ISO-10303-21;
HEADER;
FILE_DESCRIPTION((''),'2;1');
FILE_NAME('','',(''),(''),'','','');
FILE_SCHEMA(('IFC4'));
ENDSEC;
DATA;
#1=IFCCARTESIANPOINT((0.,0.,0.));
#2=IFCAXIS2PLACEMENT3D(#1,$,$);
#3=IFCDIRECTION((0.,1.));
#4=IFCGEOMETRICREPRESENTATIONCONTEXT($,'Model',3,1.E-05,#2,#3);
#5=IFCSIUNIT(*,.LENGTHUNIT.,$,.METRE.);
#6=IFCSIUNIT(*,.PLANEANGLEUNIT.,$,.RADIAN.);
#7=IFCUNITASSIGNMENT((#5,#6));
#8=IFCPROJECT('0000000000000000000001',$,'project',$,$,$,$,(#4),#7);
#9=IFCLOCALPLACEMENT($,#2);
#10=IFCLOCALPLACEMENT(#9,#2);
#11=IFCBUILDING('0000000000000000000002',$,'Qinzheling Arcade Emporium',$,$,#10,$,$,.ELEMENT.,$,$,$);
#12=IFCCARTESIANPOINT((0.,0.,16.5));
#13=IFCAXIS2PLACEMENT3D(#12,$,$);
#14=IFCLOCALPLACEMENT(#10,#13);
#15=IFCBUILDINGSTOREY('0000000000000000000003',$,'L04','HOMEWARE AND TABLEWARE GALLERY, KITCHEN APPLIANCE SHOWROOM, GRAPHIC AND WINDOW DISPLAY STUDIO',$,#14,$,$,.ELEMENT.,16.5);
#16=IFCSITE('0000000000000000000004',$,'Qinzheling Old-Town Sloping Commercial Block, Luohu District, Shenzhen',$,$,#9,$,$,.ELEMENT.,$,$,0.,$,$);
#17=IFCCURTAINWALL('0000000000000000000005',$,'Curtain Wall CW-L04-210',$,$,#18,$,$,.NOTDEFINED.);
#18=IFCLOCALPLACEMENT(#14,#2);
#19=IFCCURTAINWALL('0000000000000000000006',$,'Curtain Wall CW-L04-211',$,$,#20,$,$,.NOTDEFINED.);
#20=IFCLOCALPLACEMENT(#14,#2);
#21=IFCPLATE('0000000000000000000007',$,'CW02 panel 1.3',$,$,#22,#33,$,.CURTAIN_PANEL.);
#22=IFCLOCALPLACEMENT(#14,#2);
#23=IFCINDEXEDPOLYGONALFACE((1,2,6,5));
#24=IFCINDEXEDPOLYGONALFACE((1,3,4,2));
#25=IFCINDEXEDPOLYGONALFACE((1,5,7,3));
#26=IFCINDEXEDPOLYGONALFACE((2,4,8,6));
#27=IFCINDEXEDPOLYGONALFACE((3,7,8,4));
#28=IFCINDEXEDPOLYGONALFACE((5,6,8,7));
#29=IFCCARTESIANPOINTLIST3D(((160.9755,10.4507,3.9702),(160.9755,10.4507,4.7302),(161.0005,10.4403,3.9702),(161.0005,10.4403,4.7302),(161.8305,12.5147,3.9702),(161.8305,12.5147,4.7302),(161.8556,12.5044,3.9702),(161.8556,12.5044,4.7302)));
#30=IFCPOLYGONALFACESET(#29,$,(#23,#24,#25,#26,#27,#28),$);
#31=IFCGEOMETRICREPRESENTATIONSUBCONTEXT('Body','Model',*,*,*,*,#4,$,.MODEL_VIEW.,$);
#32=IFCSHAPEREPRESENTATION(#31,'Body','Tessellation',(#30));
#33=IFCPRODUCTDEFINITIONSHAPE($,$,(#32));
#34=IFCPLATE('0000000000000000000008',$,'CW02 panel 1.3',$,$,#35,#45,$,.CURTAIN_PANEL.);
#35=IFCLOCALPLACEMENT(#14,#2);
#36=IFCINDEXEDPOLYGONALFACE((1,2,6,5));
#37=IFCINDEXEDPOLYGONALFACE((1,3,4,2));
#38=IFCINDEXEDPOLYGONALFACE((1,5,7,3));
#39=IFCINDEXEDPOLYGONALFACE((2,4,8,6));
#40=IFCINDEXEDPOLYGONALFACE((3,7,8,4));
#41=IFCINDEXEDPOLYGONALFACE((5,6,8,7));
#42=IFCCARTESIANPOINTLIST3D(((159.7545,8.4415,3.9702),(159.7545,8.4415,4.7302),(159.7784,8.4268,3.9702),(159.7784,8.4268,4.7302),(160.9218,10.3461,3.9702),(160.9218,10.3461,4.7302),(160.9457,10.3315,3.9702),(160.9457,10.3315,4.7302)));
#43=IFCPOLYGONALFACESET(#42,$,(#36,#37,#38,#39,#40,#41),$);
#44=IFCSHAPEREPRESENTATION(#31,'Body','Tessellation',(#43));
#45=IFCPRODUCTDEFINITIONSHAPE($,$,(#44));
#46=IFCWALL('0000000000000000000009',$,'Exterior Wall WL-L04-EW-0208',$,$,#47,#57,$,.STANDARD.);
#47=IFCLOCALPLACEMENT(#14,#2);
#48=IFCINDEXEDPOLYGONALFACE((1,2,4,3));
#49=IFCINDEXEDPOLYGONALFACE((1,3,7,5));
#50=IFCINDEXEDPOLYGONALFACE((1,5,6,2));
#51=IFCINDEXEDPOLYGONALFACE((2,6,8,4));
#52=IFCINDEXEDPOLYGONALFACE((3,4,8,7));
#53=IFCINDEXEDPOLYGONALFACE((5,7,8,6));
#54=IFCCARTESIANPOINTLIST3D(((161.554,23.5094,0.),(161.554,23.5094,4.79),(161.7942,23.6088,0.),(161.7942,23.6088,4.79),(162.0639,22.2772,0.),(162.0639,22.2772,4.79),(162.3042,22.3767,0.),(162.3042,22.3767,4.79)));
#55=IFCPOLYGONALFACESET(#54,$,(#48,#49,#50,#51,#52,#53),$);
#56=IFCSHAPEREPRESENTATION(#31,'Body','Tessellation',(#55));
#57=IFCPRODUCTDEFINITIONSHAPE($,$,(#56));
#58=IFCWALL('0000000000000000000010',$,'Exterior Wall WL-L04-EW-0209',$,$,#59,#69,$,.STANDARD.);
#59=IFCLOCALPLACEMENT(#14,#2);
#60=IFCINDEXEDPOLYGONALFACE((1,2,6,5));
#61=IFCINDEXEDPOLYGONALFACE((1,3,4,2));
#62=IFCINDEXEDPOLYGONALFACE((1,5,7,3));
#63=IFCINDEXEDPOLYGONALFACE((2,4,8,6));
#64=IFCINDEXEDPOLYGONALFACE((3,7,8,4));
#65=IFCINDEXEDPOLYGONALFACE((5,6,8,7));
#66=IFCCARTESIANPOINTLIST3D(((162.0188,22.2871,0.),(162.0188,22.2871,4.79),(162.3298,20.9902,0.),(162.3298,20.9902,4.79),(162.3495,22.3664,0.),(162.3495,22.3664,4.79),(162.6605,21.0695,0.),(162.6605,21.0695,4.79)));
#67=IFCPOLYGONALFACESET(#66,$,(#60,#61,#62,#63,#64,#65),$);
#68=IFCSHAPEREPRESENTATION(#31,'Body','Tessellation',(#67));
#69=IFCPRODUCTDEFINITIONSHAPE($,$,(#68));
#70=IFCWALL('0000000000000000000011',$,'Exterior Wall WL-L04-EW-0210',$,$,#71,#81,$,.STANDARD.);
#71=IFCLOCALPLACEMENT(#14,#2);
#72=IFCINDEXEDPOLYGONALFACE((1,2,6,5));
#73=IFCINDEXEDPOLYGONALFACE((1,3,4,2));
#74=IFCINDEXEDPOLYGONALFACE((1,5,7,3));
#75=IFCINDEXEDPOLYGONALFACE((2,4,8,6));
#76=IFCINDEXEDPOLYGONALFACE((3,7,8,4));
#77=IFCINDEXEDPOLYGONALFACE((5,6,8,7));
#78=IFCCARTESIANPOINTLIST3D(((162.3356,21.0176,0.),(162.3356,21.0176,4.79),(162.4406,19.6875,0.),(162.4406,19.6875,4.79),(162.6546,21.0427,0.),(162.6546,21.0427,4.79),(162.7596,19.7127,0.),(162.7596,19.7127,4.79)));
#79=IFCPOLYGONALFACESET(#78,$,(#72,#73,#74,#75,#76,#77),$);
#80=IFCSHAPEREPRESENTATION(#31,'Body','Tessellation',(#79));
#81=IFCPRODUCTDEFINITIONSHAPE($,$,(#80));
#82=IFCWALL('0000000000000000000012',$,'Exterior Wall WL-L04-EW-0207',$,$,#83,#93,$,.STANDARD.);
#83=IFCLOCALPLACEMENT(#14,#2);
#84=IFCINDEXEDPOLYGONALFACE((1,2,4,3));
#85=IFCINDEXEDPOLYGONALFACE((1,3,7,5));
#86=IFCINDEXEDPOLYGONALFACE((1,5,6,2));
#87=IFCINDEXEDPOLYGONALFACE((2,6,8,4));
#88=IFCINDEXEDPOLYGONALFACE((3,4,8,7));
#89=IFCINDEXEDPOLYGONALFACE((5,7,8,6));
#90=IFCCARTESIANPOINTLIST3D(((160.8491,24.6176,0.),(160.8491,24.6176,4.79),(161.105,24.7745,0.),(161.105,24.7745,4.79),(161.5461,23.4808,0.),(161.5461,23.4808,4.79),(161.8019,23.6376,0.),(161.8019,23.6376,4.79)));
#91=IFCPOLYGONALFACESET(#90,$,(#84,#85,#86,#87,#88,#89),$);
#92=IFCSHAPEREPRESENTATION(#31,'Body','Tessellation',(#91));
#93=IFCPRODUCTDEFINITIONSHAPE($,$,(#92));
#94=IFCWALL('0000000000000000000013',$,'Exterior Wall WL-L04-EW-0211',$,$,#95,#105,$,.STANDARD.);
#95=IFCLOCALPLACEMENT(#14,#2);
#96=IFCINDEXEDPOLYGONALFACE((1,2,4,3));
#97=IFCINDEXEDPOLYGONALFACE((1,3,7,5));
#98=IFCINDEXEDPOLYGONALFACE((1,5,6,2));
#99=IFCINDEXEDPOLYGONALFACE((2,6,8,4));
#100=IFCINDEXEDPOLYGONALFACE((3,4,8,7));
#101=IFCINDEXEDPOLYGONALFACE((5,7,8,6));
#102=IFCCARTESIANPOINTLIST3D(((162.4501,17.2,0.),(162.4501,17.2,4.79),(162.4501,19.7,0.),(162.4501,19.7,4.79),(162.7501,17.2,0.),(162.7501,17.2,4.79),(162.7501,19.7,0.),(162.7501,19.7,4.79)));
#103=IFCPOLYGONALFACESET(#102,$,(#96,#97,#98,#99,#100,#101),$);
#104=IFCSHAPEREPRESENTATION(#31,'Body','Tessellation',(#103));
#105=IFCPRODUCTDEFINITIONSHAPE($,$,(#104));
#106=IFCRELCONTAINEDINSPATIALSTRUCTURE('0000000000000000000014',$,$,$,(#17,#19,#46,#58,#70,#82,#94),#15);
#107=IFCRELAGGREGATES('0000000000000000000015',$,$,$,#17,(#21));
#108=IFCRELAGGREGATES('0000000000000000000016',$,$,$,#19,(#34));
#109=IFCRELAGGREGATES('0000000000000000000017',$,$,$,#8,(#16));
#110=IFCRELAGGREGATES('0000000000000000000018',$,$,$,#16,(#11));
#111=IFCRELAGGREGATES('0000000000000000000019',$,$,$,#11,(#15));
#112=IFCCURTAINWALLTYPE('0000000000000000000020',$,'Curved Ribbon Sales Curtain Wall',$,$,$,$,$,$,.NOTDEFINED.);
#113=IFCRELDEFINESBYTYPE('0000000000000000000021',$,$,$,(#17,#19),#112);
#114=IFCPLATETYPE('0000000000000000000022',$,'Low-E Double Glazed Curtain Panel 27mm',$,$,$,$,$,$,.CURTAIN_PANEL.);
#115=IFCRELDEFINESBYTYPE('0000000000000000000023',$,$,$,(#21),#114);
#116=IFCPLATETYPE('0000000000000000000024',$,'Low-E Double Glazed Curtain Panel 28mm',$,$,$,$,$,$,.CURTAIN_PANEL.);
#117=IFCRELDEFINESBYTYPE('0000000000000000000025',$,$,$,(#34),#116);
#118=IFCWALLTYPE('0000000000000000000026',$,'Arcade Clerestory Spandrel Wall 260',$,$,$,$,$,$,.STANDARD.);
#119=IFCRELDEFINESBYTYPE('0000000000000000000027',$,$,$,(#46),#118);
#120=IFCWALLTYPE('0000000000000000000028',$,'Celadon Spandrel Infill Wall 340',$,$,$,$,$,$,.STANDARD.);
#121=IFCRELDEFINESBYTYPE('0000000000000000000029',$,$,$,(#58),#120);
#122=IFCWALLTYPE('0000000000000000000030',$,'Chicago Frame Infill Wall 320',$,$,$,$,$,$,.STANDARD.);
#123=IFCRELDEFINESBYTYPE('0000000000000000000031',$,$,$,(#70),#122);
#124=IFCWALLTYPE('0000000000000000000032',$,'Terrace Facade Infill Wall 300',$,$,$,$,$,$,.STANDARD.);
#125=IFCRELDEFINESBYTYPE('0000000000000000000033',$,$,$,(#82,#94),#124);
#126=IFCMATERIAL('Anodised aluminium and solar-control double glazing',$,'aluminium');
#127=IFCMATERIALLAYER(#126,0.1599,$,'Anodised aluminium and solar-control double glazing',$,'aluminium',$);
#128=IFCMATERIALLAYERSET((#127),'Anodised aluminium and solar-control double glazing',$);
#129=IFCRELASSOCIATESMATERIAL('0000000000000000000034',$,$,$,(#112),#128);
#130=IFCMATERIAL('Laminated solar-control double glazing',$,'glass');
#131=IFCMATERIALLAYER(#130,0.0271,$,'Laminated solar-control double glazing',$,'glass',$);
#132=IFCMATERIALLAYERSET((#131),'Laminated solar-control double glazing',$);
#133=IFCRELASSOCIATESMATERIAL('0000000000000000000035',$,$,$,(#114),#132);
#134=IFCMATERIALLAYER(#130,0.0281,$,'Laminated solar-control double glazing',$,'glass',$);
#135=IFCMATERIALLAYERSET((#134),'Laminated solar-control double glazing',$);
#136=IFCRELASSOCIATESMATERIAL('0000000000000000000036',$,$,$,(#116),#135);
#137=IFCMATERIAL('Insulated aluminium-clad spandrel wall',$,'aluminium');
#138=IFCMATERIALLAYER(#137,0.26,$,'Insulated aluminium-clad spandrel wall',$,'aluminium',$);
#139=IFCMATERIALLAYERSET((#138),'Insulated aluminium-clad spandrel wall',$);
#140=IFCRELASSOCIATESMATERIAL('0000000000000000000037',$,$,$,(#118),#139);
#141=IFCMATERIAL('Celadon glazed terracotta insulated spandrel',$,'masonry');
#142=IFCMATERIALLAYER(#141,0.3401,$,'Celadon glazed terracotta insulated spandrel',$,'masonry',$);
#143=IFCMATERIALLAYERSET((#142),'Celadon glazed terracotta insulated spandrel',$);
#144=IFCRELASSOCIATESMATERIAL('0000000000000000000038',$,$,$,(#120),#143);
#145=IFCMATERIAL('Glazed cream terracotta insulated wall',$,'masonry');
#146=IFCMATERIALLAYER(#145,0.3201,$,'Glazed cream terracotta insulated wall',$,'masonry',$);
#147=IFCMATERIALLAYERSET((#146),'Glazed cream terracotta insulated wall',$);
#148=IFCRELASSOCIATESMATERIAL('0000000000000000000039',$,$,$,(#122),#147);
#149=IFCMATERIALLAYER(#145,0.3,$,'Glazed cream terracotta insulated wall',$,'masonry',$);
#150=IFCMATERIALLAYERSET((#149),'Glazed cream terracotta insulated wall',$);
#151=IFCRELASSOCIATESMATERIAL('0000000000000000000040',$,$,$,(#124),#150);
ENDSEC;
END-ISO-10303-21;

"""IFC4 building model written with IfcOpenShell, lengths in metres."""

from ifc_helpers import new_model, si_unit, direction, frame, frame_2d, origin, origin_2d, place, context, subcontext, project, spatial, rectangle, extrude, material, layer, layer_set, type_object, element, aggregate, save


model = new_model("IFC4")

# Units and contexts
model_context = context("Model", 3, precision=1e-05, world=origin(), true_north=direction((0.0, 1.0)))
body_context = subcontext(model_context, "Body", "Model", "MODEL_VIEW")
ifc_project = project(units=[si_unit("LENGTHUNIT", "METRE"), si_unit("PLANEANGLEUNIT", "RADIAN")], contexts=[model_context])

# Site, building, storey
site_placement = place(None, origin())
site = spatial("IfcSite", under=ifc_project, at=site_placement, Name="Qinzheling Old-Town Sloping Commercial Block, Luohu District, Shenzhen", CompositionType="ELEMENT", RefElevation=0.0)
building_placement = place(site_placement, origin())
building = spatial("IfcBuilding", under=site, at=building_placement, Name="Qinzheling Arcade Emporium", CompositionType="ELEMENT")
storey_placement = place(building_placement, frame((0.0, 0.0, 16.5)))
storey = spatial("IfcBuildingStorey", under=building, at=storey_placement, Name="L04", Description="HOMEWARE AND TABLEWARE GALLERY, KITCHEN APPLIANCE SHOWROOM, GRAPHIC AND WINDOW DISPLAY STUDIO", CompositionType="ELEMENT", Elevation=16.5)

# Curtain wall
ifc_material_1 = material(Name="Anodised aluminium and solar-control double glazing", Category="aluminium")
ifc_layer_1 = layer(ifc_material_1, 0.1599, Name="Anodised aluminium and solar-control double glazing", Category="aluminium")
ifc_layer_set_1 = layer_set([ifc_layer_1], Name="Anodised aluminium and solar-control double glazing")
curtain_wall_type_1 = type_object("IfcCurtainWallType", Name="Curved Ribbon Sales Curtain Wall", PredefinedType="NOTDEFINED", material=ifc_layer_set_1)
curtain_wall_1_placement = place(storey_placement, origin())
curtain_wall_1 = element("IfcCurtainWall", 1, at=curtain_wall_1_placement, inside=storey, type_object=curtain_wall_type_1, Name="Curtain Wall CW-L04-210", PredefinedType="NOTDEFINED")

# Curtain wall
curtain_wall_2_placement = place(storey_placement, origin())
curtain_wall_2 = element("IfcCurtainWall", 2, at=curtain_wall_2_placement, inside=storey, type_object=curtain_wall_type_1, Name="Curtain Wall CW-L04-211", PredefinedType="NOTDEFINED")

# Plates
ifc_material_2 = material(Name="Laminated solar-control double glazing", Category="glass")
ifc_layer_2 = layer(ifc_material_2, 0.0271, Name="Laminated solar-control double glazing", Category="glass")
ifc_layer_set_2 = layer_set([ifc_layer_2], Name="Laminated solar-control double glazing")
plate_type_1 = type_object("IfcPlateType", Name="Low-E Double Glazed Curtain Panel 27mm", PredefinedType="CURTAIN_PANEL", material=ifc_layer_set_2)
plate_1_placement = place(storey_placement, frame((161.4155, 11.4775, 3.9702), z_axis=(0.0, 0.0, 1.0), x_axis=(-0.382714, -0.923867, 0.0)))
plate_1 = element("IfcPlate", 3, at=plate_1_placement, type_object=plate_type_1, Name="CW02 panel 1.3", PredefinedType="CURTAIN_PANEL", context=body_context, shape_type="SweptSolid", body=[
    extrude(rectangle(XDim=2.2341, YDim=0.0271, at=origin_2d()), origin(), (0.0, 0.0, 1.0), 0.76),
])
aggregate(curtain_wall_1, [plate_1])
ifc_layer_3 = layer(ifc_material_2, 0.0281, Name="Laminated solar-control double glazing", Category="glass")
ifc_layer_set_3 = layer_set([ifc_layer_3], Name="Laminated solar-control double glazing")
plate_type_2 = type_object("IfcPlateType", Name="Low-E Double Glazed Curtain Panel 28mm", PredefinedType="CURTAIN_PANEL", material=ifc_layer_set_3)
plate_2_placement = place(storey_placement, frame((160.3501, 9.3865, 3.9702), z_axis=(0.0, 0.0, 1.0), x_axis=(-0.522532, -0.85262, 0.0)))
plate_2 = element("IfcPlate", 4, at=plate_2_placement, type_object=plate_type_2, Name="CW02 panel 1.3", PredefinedType="CURTAIN_PANEL", context=body_context, shape_type="SweptSolid", body=[
    extrude(rectangle(XDim=2.2339, YDim=0.0281, at=origin_2d()), origin(), (0.0, 0.0, 1.0), 0.76),
])
aggregate(curtain_wall_2, [plate_2])

# Walls
ifc_material_3 = material(Name="Insulated aluminium-clad spandrel wall", Category="aluminium")
ifc_layer_4 = layer(ifc_material_3, 0.26, Name="Insulated aluminium-clad spandrel wall", Category="aluminium")
ifc_layer_set_4 = layer_set([ifc_layer_4], Name="Insulated aluminium-clad spandrel wall")
wall_type_1 = type_object("IfcWallType", Name="Arcade Clerestory Spandrel Wall 260", PredefinedType="STANDARD", material=ifc_layer_set_4)
wall_1_placement = place(storey_placement, frame((161.6741, 23.5591, 0.0), z_axis=(0.0, 0.0, 1.0), x_axis=(0.382443, -0.923979, 0.0)))
element("IfcWall", 5, at=wall_1_placement, inside=storey, type_object=wall_type_1, Name="Exterior Wall WL-L04-EW-0208", PredefinedType="STANDARD", context=body_context, shape_type="SweptSolid", body=[
    extrude(rectangle(XDim=1.3335, YDim=0.26, at=frame_2d((0.6667, 0.0))), origin(), (0.0, 0.0, 1.0), 4.79),
])
ifc_material_4 = material(Name="Celadon glazed terracotta insulated spandrel", Category="masonry")
ifc_layer_5 = layer(ifc_material_4, 0.3401, Name="Celadon glazed terracotta insulated spandrel", Category="masonry")
ifc_layer_set_5 = layer_set([ifc_layer_5], Name="Celadon glazed terracotta insulated spandrel")
wall_type_2 = type_object("IfcWallType", Name="Celadon Spandrel Infill Wall 340", PredefinedType="STANDARD", material=ifc_layer_set_5)
wall_2_placement = place(storey_placement, frame((162.1841, 22.3269, 0.0), z_axis=(0.0, 0.0, 1.0), x_axis=(0.233221, -0.972424, 0.0)))
element("IfcWall", 6, at=wall_2_placement, inside=storey, type_object=wall_type_2, Name="Exterior Wall WL-L04-EW-0209", PredefinedType="STANDARD", context=body_context, shape_type="SweptSolid", body=[
    extrude(rectangle(XDim=1.3337, YDim=0.3401, at=frame_2d((0.667, 0.0))), origin(), (0.0, 0.0, 1.0), 4.79),
])
ifc_material_5 = material(Name="Glazed cream terracotta insulated wall", Category="masonry")
ifc_layer_6 = layer(ifc_material_5, 0.3201, Name="Glazed cream terracotta insulated wall", Category="masonry")
ifc_layer_set_6 = layer_set([ifc_layer_6], Name="Glazed cream terracotta insulated wall")
wall_type_3 = type_object("IfcWallType", Name="Chicago Frame Infill Wall 320", PredefinedType="STANDARD", material=ifc_layer_set_6)
wall_3_placement = place(storey_placement, frame((162.4951, 21.03, 0.0), z_axis=(0.0, 0.0, 1.0), x_axis=(0.078683, -0.9969, 0.0)))
element("IfcWall", 7, at=wall_3_placement, inside=storey, type_object=wall_type_3, Name="Exterior Wall WL-L04-EW-0210", PredefinedType="STANDARD", context=body_context, shape_type="SweptSolid", body=[
    extrude(rectangle(XDim=1.3342, YDim=0.3201, at=frame_2d((0.667, 0.0))), origin(), (0.0, 0.0, 1.0), 4.79),
])
ifc_layer_7 = layer(ifc_material_5, 0.3, Name="Glazed cream terracotta insulated wall", Category="masonry")
ifc_layer_set_7 = layer_set([ifc_layer_7], Name="Glazed cream terracotta insulated wall")
wall_type_4 = type_object("IfcWallType", Name="Terrace Facade Infill Wall 300", PredefinedType="STANDARD", material=ifc_layer_set_7)
wall_4_placement = place(storey_placement, frame((160.9771, 24.696, 0.0), z_axis=(0.0, 0.0, 1.0), x_axis=(0.522656, -0.852543, 0.0)))
element("IfcWall", 8, at=wall_4_placement, inside=storey, type_object=wall_type_4, Name="Exterior Wall WL-L04-EW-0207", PredefinedType="STANDARD", context=body_context, shape_type="SweptSolid", body=[
    extrude(rectangle(XDim=1.3335, YDim=0.3, at=frame_2d((0.6667, 0.0))), origin(), (0.0, 0.0, 1.0), 4.79),
])
wall_5_placement = place(storey_placement, frame((162.6001, 19.7, 0.0), z_axis=(0.0, 0.0, 1.0), x_axis=(0.0, -1.0, 0.0)))
element("IfcWall", 9, at=wall_5_placement, inside=storey, type_object=wall_type_4, Name="Exterior Wall WL-L04-EW-0211", PredefinedType="STANDARD", context=body_context, shape_type="SweptSolid", body=[
    extrude(rectangle(XDim=2.5, YDim=0.3, at=frame_2d((1.25, 0.0))), origin(), (0.0, 0.0, 1.0), 4.79),
])

save(model, "model.ifc")
